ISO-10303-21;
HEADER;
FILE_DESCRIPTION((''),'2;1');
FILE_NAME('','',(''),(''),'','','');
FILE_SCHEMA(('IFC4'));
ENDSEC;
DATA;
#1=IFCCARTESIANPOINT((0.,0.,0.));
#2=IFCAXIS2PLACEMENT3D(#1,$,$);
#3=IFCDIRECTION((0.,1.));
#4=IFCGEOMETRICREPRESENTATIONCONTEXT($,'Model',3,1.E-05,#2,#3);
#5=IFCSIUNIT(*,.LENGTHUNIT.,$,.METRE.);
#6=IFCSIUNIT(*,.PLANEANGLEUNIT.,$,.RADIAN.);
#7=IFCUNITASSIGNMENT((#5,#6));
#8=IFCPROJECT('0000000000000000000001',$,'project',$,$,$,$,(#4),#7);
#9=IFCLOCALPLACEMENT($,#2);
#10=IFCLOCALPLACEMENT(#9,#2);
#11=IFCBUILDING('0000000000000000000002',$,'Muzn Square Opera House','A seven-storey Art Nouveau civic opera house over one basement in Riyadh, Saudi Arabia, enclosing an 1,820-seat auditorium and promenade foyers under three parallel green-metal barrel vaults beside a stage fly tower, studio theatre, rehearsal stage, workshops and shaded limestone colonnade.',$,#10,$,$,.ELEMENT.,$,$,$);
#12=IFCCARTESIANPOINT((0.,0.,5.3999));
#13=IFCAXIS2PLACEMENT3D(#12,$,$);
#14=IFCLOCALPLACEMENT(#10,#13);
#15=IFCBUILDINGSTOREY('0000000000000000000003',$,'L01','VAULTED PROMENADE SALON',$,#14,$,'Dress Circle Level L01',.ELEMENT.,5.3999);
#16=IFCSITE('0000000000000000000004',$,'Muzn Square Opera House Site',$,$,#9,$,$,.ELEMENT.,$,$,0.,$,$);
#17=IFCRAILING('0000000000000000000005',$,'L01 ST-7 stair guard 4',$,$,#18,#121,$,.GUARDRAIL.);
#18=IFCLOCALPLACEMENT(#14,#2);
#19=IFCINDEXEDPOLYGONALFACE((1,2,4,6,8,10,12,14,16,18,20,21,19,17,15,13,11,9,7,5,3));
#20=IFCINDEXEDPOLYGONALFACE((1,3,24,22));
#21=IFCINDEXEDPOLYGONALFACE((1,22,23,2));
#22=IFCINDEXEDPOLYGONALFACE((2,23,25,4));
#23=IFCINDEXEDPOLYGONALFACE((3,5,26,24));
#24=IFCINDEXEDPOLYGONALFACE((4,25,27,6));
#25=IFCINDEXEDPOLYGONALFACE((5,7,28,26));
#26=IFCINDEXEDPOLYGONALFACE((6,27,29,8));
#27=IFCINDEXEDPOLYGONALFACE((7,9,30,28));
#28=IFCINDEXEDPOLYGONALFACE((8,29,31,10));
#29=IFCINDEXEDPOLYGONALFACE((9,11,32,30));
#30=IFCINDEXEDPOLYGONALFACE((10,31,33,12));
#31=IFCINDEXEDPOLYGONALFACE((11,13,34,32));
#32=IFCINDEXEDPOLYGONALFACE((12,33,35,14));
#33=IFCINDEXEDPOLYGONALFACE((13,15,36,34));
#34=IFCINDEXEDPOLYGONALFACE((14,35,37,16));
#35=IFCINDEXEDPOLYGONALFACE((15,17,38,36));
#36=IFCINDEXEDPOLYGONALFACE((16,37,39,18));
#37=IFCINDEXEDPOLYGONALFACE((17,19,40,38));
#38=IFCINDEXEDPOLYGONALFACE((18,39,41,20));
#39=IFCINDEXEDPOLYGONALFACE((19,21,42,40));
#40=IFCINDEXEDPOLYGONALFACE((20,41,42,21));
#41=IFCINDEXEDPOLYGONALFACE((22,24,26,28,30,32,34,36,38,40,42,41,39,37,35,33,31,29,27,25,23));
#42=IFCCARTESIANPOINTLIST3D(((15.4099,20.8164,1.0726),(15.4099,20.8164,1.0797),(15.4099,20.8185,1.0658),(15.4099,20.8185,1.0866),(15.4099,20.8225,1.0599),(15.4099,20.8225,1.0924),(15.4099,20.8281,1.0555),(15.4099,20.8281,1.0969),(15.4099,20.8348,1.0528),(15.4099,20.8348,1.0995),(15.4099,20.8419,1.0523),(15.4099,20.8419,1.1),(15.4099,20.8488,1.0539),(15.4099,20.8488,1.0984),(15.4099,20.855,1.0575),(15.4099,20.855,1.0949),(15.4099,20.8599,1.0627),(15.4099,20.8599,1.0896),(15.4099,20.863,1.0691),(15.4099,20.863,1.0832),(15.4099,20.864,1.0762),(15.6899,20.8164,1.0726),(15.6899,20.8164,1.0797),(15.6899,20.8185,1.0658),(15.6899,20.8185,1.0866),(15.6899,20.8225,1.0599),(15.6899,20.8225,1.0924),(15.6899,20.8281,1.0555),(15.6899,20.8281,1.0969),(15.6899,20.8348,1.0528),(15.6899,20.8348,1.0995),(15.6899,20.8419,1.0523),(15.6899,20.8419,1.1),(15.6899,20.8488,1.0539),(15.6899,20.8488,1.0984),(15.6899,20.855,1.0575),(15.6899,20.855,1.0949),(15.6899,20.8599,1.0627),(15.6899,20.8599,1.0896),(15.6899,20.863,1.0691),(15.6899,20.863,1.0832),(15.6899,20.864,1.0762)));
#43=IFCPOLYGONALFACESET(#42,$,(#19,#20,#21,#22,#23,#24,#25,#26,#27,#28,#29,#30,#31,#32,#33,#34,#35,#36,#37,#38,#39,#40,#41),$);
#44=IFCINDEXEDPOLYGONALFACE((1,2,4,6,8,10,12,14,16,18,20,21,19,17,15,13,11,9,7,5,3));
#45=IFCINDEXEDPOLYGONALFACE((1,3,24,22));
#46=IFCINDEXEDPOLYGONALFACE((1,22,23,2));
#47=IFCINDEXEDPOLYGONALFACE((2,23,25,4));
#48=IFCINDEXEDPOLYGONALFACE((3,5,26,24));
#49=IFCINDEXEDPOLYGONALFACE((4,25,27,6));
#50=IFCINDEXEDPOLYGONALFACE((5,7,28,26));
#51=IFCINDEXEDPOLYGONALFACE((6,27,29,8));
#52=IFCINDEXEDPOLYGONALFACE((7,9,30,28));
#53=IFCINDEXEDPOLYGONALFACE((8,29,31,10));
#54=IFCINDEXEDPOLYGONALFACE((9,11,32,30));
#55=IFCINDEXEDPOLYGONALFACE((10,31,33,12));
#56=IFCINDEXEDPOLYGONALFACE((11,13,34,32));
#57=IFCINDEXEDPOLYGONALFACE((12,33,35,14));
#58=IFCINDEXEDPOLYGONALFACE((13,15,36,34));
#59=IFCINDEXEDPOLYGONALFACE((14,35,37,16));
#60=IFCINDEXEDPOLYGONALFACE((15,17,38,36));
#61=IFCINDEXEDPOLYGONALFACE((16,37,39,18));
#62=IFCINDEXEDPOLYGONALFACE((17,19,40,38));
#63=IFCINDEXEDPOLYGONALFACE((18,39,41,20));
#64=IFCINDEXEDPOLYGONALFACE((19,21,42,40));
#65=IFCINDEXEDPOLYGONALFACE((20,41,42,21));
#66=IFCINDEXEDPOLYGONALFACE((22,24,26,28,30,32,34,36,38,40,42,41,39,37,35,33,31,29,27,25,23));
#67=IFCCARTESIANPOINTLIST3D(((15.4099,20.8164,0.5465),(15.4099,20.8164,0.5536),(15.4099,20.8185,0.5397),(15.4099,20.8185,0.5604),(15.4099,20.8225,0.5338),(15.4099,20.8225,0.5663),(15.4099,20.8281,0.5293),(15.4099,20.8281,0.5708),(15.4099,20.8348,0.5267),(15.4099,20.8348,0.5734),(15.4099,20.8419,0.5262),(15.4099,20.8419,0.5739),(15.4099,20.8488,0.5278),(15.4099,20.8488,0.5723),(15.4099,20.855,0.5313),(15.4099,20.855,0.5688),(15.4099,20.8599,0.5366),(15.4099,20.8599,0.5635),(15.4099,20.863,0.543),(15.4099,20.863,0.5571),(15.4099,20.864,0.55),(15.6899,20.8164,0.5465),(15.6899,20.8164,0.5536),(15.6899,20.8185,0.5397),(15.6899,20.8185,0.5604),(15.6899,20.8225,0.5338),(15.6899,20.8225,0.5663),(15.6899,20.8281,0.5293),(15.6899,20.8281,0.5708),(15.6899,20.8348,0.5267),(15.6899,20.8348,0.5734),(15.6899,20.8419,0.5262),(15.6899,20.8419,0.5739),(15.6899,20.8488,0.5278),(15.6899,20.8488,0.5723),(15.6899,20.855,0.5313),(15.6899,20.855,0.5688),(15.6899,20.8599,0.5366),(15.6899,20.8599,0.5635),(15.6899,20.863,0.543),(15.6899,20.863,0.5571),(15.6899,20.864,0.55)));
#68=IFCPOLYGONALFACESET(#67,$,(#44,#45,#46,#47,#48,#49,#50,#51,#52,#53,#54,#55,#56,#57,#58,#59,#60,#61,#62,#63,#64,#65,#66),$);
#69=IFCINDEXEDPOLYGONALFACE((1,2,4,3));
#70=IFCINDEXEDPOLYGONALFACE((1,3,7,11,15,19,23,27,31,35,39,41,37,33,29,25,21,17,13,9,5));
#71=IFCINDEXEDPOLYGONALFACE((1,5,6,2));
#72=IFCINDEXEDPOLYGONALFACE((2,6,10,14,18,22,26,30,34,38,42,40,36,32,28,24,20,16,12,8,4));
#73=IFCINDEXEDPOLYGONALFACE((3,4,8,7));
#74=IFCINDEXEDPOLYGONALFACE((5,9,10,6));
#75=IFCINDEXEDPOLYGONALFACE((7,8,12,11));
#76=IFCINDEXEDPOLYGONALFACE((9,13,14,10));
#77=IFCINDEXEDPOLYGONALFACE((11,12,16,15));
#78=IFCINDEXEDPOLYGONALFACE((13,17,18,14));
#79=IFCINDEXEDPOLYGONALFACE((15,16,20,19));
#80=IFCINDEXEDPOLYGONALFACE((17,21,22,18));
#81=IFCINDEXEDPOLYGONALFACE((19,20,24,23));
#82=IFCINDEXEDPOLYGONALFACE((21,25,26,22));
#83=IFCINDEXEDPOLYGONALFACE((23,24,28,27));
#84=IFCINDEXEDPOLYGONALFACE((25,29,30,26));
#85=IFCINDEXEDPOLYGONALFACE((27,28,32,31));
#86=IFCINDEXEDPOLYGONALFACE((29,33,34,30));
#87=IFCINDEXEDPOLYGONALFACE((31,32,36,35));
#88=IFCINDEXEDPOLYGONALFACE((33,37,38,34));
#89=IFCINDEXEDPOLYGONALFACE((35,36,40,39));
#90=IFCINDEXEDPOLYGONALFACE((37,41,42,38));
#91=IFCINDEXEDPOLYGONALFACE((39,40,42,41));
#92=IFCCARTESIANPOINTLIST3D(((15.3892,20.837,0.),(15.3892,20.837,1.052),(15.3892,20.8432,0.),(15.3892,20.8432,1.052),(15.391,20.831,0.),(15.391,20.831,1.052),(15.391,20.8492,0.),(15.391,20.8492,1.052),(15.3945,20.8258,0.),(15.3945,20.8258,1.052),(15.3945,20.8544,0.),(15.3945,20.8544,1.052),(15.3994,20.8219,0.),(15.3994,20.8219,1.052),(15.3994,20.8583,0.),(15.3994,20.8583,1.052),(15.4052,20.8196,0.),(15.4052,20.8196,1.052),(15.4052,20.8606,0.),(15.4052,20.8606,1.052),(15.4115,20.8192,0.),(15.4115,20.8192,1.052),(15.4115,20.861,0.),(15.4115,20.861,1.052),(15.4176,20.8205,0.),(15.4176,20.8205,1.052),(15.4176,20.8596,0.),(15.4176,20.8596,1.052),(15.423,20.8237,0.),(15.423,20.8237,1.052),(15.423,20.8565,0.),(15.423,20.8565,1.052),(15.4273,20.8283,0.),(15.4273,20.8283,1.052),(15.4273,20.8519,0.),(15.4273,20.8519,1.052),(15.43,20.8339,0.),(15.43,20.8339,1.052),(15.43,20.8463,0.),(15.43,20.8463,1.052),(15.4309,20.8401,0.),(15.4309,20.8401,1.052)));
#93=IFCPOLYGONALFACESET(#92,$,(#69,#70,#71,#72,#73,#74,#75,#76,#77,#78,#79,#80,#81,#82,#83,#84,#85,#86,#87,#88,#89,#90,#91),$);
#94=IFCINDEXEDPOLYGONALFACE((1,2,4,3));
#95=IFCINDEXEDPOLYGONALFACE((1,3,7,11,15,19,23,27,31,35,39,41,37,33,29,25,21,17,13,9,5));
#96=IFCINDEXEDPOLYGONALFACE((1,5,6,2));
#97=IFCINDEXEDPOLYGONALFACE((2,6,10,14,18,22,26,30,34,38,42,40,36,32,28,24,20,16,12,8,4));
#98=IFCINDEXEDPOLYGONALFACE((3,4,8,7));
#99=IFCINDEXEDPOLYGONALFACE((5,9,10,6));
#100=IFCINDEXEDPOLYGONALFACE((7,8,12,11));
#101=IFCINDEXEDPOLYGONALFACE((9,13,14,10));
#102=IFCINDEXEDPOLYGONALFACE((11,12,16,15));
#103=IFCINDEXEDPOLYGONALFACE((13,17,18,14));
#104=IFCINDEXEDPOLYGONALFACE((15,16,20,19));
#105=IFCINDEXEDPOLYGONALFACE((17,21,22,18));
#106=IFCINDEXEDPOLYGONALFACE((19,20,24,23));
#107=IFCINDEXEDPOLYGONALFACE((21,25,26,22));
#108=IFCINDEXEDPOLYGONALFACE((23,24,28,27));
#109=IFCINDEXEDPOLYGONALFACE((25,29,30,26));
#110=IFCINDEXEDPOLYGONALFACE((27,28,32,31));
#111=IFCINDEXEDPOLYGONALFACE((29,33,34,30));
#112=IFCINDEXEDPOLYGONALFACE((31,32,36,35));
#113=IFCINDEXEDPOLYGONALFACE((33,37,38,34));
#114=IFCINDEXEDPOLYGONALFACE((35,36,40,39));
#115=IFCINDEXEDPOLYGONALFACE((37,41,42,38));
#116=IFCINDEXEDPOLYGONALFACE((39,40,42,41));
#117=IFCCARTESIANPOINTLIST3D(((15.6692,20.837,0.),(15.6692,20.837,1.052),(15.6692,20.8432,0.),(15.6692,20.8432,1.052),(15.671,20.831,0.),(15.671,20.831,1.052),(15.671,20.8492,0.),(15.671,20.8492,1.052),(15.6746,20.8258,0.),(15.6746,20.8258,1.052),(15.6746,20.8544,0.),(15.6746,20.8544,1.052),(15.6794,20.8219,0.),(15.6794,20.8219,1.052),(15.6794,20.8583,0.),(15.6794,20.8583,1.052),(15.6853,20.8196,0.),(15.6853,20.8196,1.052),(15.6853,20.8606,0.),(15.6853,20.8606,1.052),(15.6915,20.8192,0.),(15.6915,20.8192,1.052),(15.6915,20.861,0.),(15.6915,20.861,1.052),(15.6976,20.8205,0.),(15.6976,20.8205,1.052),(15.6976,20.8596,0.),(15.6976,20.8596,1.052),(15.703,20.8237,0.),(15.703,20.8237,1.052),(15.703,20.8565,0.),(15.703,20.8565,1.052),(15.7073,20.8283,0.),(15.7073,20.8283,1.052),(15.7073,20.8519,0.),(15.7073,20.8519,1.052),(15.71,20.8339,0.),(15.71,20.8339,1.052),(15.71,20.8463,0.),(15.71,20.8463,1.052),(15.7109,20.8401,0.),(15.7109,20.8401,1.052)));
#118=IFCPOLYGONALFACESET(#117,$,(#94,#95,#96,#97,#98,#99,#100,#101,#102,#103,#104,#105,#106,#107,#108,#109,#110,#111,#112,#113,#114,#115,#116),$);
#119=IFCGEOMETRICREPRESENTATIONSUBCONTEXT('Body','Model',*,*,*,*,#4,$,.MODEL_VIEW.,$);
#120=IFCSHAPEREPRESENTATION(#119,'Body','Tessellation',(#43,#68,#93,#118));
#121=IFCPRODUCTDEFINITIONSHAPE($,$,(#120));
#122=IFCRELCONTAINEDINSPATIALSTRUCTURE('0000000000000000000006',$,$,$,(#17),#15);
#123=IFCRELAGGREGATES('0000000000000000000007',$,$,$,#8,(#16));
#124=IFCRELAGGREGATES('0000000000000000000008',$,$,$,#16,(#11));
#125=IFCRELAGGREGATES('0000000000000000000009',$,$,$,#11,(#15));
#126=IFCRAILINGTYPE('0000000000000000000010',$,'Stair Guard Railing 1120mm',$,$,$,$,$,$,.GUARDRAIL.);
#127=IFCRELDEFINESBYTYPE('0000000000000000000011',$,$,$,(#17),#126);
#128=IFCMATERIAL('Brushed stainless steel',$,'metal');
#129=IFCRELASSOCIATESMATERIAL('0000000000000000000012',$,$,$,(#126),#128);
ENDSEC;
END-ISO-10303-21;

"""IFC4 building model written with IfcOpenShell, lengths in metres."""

from ifc_helpers import new_model, si_unit, direction, frame, origin, origin_2d, place, context, subcontext, project, spatial, circle, extrude, material, type_object, element, save


model = new_model("IFC4")

# Units and contexts
model_context = context("Model", 3, precision=1e-05, world=origin(), true_north=direction((0.0, 1.0)))
body_context = subcontext(model_context, "Body", "Model", "MODEL_VIEW")
ifc_project = project(units=[si_unit("LENGTHUNIT", "METRE"), si_unit("PLANEANGLEUNIT", "RADIAN")], contexts=[model_context])

# Site, building, storey
site_placement = place(None, origin())
site = spatial("IfcSite", under=ifc_project, at=site_placement, Name="Muzn Square Opera House Site", CompositionType="ELEMENT", RefElevation=0.0)
building_placement = place(site_placement, origin())
building = spatial("IfcBuilding", under=site, at=building_placement, Name="Muzn Square Opera House", Description="A seven-storey Art Nouveau civic opera house over one basement in Riyadh, Saudi Arabia, enclosing an 1,820-seat auditorium and promenade foyers under three parallel green-metal barrel vaults beside a stage fly tower, studio theatre, rehearsal stage, workshops and shaded limestone colonnade.", CompositionType="ELEMENT")
storey_placement = place(building_placement, frame((0.0, 0.0, 5.3999)))
storey = spatial("IfcBuildingStorey", under=building, at=storey_placement, Name="L01", Description="VAULTED PROMENADE SALON", LongName="Dress Circle Level L01", CompositionType="ELEMENT", Elevation=5.3999)

# Railing
ifc_material_1 = material(Name="Brushed stainless steel", Category="metal")
railing_type_1 = type_object("IfcRailingType", Name="Stair Guard Railing 1120mm", PredefinedType="GUARDRAIL", material=ifc_material_1)
railing_1_placement = place(storey_placement, frame((15.4099, 20.8401, 0.0)))
element("IfcRailing", 1, at=railing_1_placement, inside=storey, type_object=railing_type_1, Name="L01 ST-7 stair guard 4", PredefinedType="GUARDRAIL", context=body_context, shape_type="SweptSolid", body=[
    extrude(circle(Radius=0.0239, at=origin_2d()), frame((0.0, 0.0, 1.0762), z_axis=(1.0, 0.0, 0.0), x_axis=(0.0, 1.0, 0.0)), (0.0, 0.0, 1.0), 0.28),
    extrude(circle(Radius=0.0239, at=origin_2d()), frame((0.0, 0.0, 0.55), z_axis=(1.0, 0.0, 0.0), x_axis=(0.0, 1.0, 0.0)), (0.0, 0.0, 1.0), 0.28),
    extrude(circle(Radius=0.021, at=origin_2d()), origin(), (0.0, 0.0, 1.0), 1.052),
    extrude(circle(Radius=0.021, at=origin_2d()), frame((0.28, 0.0, 0.0)), (0.0, 0.0, 1.0), 1.052),
])

save(model, "model.ifc")
